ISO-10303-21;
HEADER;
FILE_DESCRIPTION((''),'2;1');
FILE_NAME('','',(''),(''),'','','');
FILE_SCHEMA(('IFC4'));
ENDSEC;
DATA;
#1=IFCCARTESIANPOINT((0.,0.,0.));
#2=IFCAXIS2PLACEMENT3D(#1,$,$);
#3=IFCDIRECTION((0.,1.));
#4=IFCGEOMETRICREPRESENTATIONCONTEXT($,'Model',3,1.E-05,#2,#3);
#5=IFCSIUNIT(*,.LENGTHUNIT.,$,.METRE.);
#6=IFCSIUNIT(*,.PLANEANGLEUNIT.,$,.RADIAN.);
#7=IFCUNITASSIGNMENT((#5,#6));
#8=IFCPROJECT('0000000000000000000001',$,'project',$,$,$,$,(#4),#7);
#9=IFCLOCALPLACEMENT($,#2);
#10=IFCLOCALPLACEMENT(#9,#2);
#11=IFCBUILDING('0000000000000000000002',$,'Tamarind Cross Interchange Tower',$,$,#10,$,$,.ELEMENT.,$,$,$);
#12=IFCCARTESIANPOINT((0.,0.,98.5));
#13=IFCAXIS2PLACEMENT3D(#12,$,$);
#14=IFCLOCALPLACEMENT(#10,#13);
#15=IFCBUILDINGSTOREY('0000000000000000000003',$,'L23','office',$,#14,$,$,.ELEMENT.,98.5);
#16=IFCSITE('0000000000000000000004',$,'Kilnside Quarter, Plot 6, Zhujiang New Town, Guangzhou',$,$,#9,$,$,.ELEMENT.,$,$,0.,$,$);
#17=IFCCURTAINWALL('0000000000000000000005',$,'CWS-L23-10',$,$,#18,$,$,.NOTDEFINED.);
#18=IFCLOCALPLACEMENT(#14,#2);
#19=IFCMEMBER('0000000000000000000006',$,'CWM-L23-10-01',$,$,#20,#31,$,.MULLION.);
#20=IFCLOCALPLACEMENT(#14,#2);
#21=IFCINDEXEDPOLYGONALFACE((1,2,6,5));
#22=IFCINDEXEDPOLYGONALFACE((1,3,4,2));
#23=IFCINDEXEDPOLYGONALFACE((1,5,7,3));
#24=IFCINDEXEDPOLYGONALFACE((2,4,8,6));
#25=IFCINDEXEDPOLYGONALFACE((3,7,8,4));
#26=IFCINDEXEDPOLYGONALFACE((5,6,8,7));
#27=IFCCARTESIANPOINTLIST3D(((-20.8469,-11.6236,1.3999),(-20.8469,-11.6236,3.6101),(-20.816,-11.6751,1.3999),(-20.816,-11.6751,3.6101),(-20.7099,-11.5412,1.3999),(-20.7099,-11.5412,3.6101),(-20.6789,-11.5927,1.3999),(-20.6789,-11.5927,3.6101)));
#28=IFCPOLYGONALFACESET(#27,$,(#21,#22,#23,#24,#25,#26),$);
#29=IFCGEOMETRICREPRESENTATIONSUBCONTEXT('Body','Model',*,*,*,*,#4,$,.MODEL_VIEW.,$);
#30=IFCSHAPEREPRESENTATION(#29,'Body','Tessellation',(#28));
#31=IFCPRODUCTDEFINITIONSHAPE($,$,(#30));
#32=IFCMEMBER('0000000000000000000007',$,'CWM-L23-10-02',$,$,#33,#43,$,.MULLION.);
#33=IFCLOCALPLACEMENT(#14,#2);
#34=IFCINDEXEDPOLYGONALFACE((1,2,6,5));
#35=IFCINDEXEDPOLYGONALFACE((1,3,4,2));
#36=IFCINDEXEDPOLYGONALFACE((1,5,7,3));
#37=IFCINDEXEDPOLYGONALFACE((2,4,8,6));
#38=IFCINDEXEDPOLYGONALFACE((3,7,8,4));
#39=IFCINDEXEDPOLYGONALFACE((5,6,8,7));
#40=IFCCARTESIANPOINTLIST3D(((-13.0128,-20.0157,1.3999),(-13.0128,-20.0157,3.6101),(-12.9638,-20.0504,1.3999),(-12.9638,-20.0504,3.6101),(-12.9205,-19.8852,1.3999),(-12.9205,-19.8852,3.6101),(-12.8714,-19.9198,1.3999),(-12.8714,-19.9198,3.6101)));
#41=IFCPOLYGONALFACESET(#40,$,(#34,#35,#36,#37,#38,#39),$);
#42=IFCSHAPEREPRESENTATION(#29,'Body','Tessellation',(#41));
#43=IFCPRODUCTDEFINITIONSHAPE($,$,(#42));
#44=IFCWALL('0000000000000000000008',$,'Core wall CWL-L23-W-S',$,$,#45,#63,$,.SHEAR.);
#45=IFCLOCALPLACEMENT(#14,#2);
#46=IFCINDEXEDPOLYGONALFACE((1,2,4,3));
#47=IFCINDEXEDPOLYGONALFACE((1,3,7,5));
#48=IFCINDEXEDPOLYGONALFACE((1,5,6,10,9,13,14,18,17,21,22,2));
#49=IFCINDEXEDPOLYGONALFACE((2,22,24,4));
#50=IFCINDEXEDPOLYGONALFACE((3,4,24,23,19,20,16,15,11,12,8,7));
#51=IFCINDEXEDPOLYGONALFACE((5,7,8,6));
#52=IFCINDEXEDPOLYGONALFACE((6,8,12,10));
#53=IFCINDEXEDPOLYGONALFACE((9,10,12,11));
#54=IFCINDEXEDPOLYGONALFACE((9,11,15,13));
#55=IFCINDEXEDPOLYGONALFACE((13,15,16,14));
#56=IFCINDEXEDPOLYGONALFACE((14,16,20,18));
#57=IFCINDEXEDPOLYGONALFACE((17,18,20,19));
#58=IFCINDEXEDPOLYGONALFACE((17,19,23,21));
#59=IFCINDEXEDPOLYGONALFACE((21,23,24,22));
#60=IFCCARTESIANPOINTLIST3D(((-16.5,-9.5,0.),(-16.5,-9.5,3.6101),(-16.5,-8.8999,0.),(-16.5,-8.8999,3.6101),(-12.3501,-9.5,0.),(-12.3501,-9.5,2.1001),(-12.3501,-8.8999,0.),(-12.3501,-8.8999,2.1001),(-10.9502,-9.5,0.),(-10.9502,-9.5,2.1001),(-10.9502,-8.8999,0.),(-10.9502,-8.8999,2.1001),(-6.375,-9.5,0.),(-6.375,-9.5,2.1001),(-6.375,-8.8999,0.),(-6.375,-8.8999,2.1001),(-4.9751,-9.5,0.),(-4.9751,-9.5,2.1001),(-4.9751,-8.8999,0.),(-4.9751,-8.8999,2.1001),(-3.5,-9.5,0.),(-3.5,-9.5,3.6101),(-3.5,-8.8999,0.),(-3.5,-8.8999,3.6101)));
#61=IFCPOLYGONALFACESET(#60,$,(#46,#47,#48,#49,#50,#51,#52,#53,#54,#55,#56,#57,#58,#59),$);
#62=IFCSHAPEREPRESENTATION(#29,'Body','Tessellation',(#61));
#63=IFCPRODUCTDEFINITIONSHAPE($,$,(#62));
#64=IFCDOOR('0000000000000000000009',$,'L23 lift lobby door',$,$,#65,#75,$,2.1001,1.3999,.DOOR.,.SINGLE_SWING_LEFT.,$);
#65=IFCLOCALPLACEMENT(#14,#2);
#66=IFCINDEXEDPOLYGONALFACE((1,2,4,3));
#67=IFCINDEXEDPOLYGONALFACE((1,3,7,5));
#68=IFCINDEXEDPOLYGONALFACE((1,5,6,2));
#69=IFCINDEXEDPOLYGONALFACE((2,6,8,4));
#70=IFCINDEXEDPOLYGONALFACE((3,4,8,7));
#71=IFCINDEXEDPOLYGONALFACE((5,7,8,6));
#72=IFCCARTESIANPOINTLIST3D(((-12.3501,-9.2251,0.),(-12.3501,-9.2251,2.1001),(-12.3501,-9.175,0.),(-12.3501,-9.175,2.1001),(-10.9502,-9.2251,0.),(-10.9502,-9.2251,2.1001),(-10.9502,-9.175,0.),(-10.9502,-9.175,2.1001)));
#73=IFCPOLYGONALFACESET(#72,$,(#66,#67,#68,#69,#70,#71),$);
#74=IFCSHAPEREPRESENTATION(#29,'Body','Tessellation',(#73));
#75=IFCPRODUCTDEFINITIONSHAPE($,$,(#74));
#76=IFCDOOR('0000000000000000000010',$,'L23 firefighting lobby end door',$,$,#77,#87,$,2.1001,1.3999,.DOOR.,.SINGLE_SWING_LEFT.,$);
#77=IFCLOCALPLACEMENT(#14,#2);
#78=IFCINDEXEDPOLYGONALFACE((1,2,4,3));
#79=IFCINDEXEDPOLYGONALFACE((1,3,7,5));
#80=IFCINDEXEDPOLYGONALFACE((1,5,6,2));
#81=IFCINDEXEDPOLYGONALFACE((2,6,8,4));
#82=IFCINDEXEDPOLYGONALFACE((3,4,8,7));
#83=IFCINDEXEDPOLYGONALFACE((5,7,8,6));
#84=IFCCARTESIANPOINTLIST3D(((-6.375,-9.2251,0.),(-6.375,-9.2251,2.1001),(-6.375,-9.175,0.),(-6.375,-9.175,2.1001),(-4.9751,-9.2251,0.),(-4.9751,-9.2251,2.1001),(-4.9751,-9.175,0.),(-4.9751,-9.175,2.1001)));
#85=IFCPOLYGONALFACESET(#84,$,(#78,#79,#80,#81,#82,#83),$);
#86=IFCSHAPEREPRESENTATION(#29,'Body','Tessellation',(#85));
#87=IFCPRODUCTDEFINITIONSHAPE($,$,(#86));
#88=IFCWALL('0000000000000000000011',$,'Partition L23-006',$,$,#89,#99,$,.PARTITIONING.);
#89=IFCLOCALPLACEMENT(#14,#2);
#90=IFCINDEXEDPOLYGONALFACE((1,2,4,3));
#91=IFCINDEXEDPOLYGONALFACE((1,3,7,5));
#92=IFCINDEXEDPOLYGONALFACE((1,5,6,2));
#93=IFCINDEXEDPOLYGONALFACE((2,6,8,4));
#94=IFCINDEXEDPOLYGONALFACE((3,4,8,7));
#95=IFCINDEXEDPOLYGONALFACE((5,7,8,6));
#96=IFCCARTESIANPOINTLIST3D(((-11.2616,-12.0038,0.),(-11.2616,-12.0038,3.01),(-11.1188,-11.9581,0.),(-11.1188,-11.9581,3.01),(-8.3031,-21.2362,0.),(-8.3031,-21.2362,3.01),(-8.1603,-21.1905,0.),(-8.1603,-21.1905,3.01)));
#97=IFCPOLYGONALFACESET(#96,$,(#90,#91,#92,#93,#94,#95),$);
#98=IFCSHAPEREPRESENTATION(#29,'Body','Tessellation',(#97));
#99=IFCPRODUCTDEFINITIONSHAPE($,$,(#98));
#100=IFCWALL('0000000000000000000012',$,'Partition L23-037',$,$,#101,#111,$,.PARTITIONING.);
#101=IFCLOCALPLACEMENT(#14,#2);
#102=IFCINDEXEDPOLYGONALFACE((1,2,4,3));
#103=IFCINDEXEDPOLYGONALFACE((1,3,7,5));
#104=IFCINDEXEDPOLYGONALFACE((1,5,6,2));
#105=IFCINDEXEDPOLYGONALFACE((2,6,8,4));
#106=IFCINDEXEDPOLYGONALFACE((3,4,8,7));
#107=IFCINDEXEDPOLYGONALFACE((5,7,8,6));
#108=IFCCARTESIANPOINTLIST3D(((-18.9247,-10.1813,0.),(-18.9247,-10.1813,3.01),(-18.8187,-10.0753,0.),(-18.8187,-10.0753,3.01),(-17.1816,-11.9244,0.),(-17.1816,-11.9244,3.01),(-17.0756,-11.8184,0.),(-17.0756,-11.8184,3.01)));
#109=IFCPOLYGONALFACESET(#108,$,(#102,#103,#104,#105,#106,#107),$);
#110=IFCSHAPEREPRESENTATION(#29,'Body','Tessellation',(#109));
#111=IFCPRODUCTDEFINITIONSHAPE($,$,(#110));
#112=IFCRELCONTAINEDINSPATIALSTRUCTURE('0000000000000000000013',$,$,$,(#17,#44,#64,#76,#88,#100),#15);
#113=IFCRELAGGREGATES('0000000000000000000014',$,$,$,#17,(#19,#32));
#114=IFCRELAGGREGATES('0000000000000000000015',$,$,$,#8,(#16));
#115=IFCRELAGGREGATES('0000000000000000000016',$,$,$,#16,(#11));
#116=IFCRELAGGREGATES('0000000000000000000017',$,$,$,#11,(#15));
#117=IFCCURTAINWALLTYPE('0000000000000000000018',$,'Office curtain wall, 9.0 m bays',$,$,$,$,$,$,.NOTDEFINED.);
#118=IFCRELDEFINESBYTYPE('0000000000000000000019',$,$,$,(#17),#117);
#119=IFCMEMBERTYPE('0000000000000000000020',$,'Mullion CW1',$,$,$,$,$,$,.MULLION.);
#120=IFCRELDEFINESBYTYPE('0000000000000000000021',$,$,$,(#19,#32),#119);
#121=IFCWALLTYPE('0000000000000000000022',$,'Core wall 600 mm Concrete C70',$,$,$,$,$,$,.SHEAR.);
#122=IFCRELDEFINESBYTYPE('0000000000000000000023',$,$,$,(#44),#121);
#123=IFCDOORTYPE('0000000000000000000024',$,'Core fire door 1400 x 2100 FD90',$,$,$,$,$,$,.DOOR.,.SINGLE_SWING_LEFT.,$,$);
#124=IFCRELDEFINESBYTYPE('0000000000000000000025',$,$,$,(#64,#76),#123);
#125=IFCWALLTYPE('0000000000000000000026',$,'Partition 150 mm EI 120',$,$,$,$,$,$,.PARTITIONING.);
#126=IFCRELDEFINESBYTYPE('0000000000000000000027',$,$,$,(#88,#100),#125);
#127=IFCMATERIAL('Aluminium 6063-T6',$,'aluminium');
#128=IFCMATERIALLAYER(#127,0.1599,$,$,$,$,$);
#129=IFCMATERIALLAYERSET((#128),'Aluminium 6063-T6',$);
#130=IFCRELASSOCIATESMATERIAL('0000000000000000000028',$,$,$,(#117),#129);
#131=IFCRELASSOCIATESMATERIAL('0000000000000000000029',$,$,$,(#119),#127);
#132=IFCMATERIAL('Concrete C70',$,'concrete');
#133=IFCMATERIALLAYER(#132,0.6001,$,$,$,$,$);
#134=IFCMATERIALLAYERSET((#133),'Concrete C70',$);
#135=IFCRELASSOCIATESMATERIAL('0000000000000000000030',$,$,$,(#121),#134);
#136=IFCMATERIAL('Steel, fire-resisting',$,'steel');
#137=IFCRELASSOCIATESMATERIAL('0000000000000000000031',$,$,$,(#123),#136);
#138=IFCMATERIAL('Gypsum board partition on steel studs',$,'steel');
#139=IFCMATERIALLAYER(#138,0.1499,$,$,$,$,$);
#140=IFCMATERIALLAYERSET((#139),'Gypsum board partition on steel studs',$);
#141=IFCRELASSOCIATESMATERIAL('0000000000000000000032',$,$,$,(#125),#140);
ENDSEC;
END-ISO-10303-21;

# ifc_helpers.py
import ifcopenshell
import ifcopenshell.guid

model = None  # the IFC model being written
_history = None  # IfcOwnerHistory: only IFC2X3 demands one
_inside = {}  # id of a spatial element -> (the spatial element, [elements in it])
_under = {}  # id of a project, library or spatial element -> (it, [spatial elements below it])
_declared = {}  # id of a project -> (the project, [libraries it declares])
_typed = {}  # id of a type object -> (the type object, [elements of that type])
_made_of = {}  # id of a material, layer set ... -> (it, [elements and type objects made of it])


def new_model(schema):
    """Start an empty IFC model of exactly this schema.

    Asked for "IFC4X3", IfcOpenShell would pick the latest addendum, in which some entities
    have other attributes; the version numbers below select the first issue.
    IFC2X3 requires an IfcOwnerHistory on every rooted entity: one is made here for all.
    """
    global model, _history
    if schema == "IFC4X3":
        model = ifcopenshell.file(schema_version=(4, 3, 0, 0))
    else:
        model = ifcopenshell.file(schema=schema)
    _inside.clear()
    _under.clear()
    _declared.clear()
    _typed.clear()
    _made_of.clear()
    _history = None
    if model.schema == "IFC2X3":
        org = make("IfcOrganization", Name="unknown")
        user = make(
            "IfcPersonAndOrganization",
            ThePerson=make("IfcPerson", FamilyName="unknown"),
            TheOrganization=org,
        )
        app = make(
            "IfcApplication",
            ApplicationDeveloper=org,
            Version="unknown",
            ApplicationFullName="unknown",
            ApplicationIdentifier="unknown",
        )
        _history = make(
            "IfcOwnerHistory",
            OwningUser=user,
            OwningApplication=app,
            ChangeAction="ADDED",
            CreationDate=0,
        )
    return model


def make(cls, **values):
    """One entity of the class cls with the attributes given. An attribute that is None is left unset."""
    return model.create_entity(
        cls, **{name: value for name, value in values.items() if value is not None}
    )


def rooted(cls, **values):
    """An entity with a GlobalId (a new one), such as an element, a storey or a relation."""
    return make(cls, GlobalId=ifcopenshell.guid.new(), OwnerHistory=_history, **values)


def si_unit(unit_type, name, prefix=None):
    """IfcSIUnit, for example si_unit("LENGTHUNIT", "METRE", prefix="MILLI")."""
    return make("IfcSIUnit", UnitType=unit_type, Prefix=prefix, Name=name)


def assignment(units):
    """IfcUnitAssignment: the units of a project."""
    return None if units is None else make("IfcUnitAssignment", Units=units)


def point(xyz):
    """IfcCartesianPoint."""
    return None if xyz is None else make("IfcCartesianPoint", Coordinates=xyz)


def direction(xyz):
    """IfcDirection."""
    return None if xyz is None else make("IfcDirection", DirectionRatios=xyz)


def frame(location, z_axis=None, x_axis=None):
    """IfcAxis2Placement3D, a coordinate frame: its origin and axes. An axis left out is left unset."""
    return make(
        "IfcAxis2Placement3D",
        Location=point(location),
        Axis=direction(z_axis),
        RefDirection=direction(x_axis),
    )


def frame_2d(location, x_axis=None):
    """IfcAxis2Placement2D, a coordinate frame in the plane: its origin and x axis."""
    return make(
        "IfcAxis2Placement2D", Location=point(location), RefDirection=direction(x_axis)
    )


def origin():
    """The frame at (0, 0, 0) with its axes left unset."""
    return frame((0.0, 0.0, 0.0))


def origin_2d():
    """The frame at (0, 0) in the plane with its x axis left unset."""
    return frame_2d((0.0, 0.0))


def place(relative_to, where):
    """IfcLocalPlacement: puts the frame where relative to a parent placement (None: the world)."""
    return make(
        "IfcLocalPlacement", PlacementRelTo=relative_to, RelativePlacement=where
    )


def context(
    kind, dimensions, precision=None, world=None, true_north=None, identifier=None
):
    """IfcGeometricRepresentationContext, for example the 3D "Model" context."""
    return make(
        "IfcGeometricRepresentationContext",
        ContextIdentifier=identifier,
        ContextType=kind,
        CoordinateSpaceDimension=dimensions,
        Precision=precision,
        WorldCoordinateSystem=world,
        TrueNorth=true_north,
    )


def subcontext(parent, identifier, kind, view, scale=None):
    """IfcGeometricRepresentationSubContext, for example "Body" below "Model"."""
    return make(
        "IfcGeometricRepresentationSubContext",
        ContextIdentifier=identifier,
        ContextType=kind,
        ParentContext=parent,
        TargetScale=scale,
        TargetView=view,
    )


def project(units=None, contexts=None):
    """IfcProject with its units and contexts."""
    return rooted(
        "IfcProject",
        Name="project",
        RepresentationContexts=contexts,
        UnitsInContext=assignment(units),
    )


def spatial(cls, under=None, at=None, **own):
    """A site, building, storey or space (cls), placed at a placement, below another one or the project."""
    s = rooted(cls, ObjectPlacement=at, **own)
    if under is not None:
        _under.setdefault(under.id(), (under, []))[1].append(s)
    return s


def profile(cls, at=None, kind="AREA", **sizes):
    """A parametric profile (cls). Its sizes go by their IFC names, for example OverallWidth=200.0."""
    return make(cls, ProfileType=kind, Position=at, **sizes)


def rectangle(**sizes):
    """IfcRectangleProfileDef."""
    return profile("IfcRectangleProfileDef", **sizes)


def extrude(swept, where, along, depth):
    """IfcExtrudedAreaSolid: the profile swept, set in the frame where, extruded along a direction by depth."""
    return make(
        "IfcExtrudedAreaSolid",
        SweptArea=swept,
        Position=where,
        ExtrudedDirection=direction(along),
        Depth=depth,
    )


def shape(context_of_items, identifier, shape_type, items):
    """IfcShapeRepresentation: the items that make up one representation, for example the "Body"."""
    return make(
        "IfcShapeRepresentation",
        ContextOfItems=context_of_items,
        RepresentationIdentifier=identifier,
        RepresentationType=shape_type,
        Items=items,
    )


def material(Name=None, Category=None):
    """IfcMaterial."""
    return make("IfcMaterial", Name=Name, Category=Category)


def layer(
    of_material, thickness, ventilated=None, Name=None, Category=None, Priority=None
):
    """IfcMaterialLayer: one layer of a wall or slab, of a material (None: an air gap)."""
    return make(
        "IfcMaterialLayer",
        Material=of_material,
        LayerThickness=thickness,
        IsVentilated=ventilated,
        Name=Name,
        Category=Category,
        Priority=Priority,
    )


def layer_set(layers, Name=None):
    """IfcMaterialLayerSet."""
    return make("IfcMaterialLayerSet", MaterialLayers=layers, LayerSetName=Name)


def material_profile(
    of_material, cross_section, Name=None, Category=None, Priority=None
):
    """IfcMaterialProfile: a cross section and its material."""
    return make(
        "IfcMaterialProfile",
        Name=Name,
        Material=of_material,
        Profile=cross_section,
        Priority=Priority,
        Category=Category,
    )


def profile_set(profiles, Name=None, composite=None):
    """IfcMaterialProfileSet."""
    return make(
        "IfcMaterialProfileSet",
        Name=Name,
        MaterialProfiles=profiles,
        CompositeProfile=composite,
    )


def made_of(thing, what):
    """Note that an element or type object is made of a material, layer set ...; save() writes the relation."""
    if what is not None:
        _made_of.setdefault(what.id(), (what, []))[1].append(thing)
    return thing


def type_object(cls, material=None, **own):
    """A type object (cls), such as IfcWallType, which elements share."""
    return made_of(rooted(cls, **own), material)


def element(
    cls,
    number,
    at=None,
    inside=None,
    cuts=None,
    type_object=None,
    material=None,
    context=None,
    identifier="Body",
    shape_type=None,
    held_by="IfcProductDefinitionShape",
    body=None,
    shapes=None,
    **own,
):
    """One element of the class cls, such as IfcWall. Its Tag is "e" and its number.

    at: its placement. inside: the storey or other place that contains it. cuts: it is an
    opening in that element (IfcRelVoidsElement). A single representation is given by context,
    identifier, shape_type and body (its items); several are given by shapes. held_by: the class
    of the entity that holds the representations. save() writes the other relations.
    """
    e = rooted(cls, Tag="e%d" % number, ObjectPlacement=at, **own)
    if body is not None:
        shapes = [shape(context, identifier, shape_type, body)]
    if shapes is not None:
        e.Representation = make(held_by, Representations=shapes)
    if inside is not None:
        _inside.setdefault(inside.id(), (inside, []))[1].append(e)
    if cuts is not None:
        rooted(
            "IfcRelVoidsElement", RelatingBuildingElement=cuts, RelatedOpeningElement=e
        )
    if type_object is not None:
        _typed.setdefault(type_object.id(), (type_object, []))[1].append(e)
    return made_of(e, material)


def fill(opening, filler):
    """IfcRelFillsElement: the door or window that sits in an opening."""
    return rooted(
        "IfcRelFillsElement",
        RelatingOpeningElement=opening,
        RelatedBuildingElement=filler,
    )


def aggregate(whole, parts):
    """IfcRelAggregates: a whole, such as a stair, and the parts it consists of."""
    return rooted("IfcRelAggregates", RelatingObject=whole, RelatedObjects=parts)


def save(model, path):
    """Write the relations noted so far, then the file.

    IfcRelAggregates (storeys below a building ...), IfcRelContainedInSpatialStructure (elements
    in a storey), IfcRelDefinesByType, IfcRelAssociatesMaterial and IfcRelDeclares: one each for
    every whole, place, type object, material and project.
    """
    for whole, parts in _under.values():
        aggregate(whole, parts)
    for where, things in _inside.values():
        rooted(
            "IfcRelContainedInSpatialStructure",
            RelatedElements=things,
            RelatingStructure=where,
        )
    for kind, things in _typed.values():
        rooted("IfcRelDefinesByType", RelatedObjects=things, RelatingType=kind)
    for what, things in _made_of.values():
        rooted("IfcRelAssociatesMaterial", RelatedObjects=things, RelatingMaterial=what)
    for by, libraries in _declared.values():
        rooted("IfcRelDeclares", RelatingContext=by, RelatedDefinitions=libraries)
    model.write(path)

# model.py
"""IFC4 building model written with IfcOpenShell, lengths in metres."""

from ifc_helpers import new_model, si_unit, direction, frame, frame_2d, origin, origin_2d, place, context, subcontext, project, spatial, rectangle, extrude, material, layer, layer_set, material_profile, profile_set, type_object, element, fill, aggregate, save


model = new_model("IFC4")

# Units and contexts
model_context = context("Model", 3, precision=1e-05, world=origin(), true_north=direction((0.0, 1.0)))
body_context = subcontext(model_context, "Body", "Model", "MODEL_VIEW")
ifc_project = project(units=[si_unit("LENGTHUNIT", "METRE"), si_unit("PLANEANGLEUNIT", "RADIAN")], contexts=[model_context])

# Site, building, storey
site_placement = place(None, origin())
site = spatial("IfcSite", under=ifc_project, at=site_placement, Name="Kilnside Quarter, Plot 6, Zhujiang New Town, Guangzhou", CompositionType="ELEMENT", RefElevation=0.0)
building_placement = place(site_placement, origin())
building = spatial("IfcBuilding", under=site, at=building_placement, Name="Tamarind Cross Interchange Tower", CompositionType="ELEMENT")
storey_placement = place(building_placement, frame((0.0, 0.0, 98.5)))
storey = spatial("IfcBuildingStorey", under=building, at=storey_placement, Name="L23", Description="office", CompositionType="ELEMENT", Elevation=98.5)

# Curtain wall, members
ifc_material_1 = material(Name="Aluminium 6063-T6", Category="aluminium")
ifc_layer_1 = layer(ifc_material_1, 0.1599)
ifc_layer_set_1 = layer_set([ifc_layer_1], Name="Aluminium 6063-T6")
curtain_wall_type = type_object("IfcCurtainWallType", Name="Office curtain wall, 9.0 m bays", PredefinedType="NOTDEFINED", material=ifc_layer_set_1)
curtain_wall_placement = place(storey_placement, origin())
curtain_wall = element("IfcCurtainWall", 1, at=curtain_wall_placement, inside=storey, type_object=curtain_wall_type, Name="CWS-L23-10", PredefinedType="NOTDEFINED")
ifc_material_profile_1 = material_profile(ifc_material_1, rectangle(XDim=0.0601, YDim=0.1599, at=origin_2d()), Name="Mullion CW1")
ifc_profile_set_1 = profile_set([ifc_material_profile_1], Name="Aluminium 6063-T6")
member_type = type_object("IfcMemberType", Name="Mullion CW1", PredefinedType="MULLION", material=ifc_profile_set_1)
member_1_placement = place(storey_placement, frame((-20.7629, -11.6082, 1.3999), z_axis=(0.0, 0.0, 1.0), x_axis=(0.515577, -0.856843, 0.0)))
member_1 = element("IfcMember", 2, at=member_1_placement, type_object=member_type, Name="CWM-L23-10-01", PredefinedType="MULLION", context=body_context, shape_type="SweptSolid", body=[
    extrude(rectangle(XDim=0.0601, YDim=0.1599, at=origin_2d()), origin(), (0.0, 0.0, 1.0), 2.2102),
])
member_2_placement = place(storey_placement, frame((-12.9421, -19.9678, 1.3999), z_axis=(0.0, 0.0, 1.0), x_axis=(0.816342, -0.577569, 0.0)))
member_2 = element("IfcMember", 3, at=member_2_placement, type_object=member_type, Name="CWM-L23-10-02", PredefinedType="MULLION", context=body_context, shape_type="SweptSolid", body=[
    extrude(rectangle(XDim=0.0601, YDim=0.1599, at=origin_2d()), origin(), (0.0, 0.0, 1.0), 2.2102),
])
aggregate(curtain_wall, [member_1, member_2])

# Wall, openings, doors
ifc_material_2 = material(Name="Concrete C70", Category="concrete")
ifc_layer_2 = layer(ifc_material_2, 0.6001)
ifc_layer_set_2 = layer_set([ifc_layer_2], Name="Concrete C70")
wall_type_1 = type_object("IfcWallType", Name="Core wall 600 mm Concrete C70", PredefinedType="SHEAR", material=ifc_layer_set_2)
wall_1_placement = place(storey_placement, frame((-16.5, -9.2, 0.0), z_axis=(0.0, 0.0, 1.0), x_axis=(1.0, 0.0, 0.0)))
wall_1 = element("IfcWall", 4, at=wall_1_placement, inside=storey, type_object=wall_type_1, Name="Core wall CWL-L23-W-S", PredefinedType="SHEAR", context=body_context, shape_type="SweptSolid", body=[
    extrude(rectangle(XDim=13.0, YDim=0.6001, at=frame_2d((6.5, 0.0))), origin(), (0.0, 0.0, 1.0), 3.6101),
])
opening_1_placement = place(wall_1_placement, frame((4.1499, 0.0, 0.0)))
opening_1 = element("IfcOpeningElement", 5, at=opening_1_placement, cuts=wall_1, PredefinedType="OPENING", context=body_context, shape_type="SweptSolid", body=[
    extrude(rectangle(XDim=1.3999, YDim=2.1001, at=frame_2d((0.7, 1.05))), frame((0.0, 0.3101, 0.0), z_axis=(0.0, -1.0, 0.0), x_axis=(1.0, 0.0, 0.0)), (0.0, 0.0, 1.0), 0.6201),
])
opening_2_placement = place(wall_1_placement, frame((10.125, 0.0, 0.0)))
opening_2 = element("IfcOpeningElement", 6, at=opening_2_placement, cuts=wall_1, PredefinedType="OPENING", context=body_context, shape_type="SweptSolid", body=[
    extrude(rectangle(XDim=1.3999, YDim=2.1001, at=frame_2d((0.7, 1.05))), frame((0.0, 0.3101, 0.0), z_axis=(0.0, -1.0, 0.0), x_axis=(1.0, 0.0, 0.0)), (0.0, 0.0, 1.0), 0.6201),
])
ifc_material_3 = material(Name="Steel, fire-resisting", Category="steel")
door_type_1 = type_object("IfcDoorType", Name="Core fire door 1400 x 2100 FD90", OperationType="SINGLE_SWING_LEFT", PredefinedType="DOOR", material=ifc_material_3)
door_1_placement = place(opening_1_placement, origin())
door_1 = element("IfcDoor", 7, at=door_1_placement, inside=storey, type_object=door_type_1, Name="L23 lift lobby door", OperationType="SINGLE_SWING_LEFT", OverallHeight=2.1001, OverallWidth=1.3999, PredefinedType="DOOR", context=body_context, shape_type="SweptSolid", body=[
    extrude(rectangle(XDim=1.3999, YDim=2.1001, at=frame_2d((0.7, 1.05))), frame((0.0, 0.0249, 0.0), z_axis=(0.0, -1.0, 0.0), x_axis=(1.0, 0.0, 0.0)), (0.0, 0.0, 1.0), 0.05),
])
fill(opening_1, door_1)
door_2_placement = place(opening_2_placement, origin())
door_2 = element("IfcDoor", 8, at=door_2_placement, inside=storey, type_object=door_type_1, Name="L23 firefighting lobby end door", OperationType="SINGLE_SWING_LEFT", OverallHeight=2.1001, OverallWidth=1.3999, PredefinedType="DOOR", context=body_context, shape_type="SweptSolid", body=[
    extrude(rectangle(XDim=1.3999, YDim=2.1001, at=frame_2d((0.7, 1.05))), frame((0.0, 0.0249, 0.0), z_axis=(0.0, -1.0, 0.0), x_axis=(1.0, 0.0, 0.0)), (0.0, 0.0, 1.0), 0.05),
])
fill(opening_2, door_2)

# Walls
ifc_material_4 = material(Name="Gypsum board partition on steel studs", Category="steel")
ifc_layer_3 = layer(ifc_material_4, 0.1499)
ifc_layer_set_3 = layer_set([ifc_layer_3], Name="Gypsum board partition on steel studs")
wall_type_2 = type_object("IfcWallType", Name="Partition 150 mm EI 120", PredefinedType="PARTITIONING", material=ifc_layer_set_3)
wall_2_placement = place(storey_placement, frame((-11.1902, -11.981, 0.0), z_axis=(0.0, 0.0, 1.0), x_axis=(0.305161, -0.952301, 0.0)))
element("IfcWall", 9, at=wall_2_placement, inside=storey, type_object=wall_type_2, Name="Partition L23-006", PredefinedType="PARTITIONING", context=body_context, shape_type="SweptSolid", body=[
    extrude(rectangle(XDim=9.6948, YDim=0.1499, at=frame_2d((4.8474, 0.0))), origin(), (0.0, 0.0, 1.0), 3.01),
])
wall_3_placement = place(storey_placement, frame((-18.8716, -10.1284, 0.0), z_axis=(0.0, 0.0, 1.0), x_axis=(0.707107, -0.707107, 0.0)))
element("IfcWall", 10, at=wall_3_placement, inside=storey, type_object=wall_type_2, Name="Partition L23-037", PredefinedType="PARTITIONING", context=body_context, shape_type="SweptSolid", body=[
    extrude(rectangle(XDim=2.4651, YDim=0.1499, at=frame_2d((1.2324, 0.0))), origin(), (0.0, 0.0, 1.0), 3.01),
])

save(model, "model.ifc")
